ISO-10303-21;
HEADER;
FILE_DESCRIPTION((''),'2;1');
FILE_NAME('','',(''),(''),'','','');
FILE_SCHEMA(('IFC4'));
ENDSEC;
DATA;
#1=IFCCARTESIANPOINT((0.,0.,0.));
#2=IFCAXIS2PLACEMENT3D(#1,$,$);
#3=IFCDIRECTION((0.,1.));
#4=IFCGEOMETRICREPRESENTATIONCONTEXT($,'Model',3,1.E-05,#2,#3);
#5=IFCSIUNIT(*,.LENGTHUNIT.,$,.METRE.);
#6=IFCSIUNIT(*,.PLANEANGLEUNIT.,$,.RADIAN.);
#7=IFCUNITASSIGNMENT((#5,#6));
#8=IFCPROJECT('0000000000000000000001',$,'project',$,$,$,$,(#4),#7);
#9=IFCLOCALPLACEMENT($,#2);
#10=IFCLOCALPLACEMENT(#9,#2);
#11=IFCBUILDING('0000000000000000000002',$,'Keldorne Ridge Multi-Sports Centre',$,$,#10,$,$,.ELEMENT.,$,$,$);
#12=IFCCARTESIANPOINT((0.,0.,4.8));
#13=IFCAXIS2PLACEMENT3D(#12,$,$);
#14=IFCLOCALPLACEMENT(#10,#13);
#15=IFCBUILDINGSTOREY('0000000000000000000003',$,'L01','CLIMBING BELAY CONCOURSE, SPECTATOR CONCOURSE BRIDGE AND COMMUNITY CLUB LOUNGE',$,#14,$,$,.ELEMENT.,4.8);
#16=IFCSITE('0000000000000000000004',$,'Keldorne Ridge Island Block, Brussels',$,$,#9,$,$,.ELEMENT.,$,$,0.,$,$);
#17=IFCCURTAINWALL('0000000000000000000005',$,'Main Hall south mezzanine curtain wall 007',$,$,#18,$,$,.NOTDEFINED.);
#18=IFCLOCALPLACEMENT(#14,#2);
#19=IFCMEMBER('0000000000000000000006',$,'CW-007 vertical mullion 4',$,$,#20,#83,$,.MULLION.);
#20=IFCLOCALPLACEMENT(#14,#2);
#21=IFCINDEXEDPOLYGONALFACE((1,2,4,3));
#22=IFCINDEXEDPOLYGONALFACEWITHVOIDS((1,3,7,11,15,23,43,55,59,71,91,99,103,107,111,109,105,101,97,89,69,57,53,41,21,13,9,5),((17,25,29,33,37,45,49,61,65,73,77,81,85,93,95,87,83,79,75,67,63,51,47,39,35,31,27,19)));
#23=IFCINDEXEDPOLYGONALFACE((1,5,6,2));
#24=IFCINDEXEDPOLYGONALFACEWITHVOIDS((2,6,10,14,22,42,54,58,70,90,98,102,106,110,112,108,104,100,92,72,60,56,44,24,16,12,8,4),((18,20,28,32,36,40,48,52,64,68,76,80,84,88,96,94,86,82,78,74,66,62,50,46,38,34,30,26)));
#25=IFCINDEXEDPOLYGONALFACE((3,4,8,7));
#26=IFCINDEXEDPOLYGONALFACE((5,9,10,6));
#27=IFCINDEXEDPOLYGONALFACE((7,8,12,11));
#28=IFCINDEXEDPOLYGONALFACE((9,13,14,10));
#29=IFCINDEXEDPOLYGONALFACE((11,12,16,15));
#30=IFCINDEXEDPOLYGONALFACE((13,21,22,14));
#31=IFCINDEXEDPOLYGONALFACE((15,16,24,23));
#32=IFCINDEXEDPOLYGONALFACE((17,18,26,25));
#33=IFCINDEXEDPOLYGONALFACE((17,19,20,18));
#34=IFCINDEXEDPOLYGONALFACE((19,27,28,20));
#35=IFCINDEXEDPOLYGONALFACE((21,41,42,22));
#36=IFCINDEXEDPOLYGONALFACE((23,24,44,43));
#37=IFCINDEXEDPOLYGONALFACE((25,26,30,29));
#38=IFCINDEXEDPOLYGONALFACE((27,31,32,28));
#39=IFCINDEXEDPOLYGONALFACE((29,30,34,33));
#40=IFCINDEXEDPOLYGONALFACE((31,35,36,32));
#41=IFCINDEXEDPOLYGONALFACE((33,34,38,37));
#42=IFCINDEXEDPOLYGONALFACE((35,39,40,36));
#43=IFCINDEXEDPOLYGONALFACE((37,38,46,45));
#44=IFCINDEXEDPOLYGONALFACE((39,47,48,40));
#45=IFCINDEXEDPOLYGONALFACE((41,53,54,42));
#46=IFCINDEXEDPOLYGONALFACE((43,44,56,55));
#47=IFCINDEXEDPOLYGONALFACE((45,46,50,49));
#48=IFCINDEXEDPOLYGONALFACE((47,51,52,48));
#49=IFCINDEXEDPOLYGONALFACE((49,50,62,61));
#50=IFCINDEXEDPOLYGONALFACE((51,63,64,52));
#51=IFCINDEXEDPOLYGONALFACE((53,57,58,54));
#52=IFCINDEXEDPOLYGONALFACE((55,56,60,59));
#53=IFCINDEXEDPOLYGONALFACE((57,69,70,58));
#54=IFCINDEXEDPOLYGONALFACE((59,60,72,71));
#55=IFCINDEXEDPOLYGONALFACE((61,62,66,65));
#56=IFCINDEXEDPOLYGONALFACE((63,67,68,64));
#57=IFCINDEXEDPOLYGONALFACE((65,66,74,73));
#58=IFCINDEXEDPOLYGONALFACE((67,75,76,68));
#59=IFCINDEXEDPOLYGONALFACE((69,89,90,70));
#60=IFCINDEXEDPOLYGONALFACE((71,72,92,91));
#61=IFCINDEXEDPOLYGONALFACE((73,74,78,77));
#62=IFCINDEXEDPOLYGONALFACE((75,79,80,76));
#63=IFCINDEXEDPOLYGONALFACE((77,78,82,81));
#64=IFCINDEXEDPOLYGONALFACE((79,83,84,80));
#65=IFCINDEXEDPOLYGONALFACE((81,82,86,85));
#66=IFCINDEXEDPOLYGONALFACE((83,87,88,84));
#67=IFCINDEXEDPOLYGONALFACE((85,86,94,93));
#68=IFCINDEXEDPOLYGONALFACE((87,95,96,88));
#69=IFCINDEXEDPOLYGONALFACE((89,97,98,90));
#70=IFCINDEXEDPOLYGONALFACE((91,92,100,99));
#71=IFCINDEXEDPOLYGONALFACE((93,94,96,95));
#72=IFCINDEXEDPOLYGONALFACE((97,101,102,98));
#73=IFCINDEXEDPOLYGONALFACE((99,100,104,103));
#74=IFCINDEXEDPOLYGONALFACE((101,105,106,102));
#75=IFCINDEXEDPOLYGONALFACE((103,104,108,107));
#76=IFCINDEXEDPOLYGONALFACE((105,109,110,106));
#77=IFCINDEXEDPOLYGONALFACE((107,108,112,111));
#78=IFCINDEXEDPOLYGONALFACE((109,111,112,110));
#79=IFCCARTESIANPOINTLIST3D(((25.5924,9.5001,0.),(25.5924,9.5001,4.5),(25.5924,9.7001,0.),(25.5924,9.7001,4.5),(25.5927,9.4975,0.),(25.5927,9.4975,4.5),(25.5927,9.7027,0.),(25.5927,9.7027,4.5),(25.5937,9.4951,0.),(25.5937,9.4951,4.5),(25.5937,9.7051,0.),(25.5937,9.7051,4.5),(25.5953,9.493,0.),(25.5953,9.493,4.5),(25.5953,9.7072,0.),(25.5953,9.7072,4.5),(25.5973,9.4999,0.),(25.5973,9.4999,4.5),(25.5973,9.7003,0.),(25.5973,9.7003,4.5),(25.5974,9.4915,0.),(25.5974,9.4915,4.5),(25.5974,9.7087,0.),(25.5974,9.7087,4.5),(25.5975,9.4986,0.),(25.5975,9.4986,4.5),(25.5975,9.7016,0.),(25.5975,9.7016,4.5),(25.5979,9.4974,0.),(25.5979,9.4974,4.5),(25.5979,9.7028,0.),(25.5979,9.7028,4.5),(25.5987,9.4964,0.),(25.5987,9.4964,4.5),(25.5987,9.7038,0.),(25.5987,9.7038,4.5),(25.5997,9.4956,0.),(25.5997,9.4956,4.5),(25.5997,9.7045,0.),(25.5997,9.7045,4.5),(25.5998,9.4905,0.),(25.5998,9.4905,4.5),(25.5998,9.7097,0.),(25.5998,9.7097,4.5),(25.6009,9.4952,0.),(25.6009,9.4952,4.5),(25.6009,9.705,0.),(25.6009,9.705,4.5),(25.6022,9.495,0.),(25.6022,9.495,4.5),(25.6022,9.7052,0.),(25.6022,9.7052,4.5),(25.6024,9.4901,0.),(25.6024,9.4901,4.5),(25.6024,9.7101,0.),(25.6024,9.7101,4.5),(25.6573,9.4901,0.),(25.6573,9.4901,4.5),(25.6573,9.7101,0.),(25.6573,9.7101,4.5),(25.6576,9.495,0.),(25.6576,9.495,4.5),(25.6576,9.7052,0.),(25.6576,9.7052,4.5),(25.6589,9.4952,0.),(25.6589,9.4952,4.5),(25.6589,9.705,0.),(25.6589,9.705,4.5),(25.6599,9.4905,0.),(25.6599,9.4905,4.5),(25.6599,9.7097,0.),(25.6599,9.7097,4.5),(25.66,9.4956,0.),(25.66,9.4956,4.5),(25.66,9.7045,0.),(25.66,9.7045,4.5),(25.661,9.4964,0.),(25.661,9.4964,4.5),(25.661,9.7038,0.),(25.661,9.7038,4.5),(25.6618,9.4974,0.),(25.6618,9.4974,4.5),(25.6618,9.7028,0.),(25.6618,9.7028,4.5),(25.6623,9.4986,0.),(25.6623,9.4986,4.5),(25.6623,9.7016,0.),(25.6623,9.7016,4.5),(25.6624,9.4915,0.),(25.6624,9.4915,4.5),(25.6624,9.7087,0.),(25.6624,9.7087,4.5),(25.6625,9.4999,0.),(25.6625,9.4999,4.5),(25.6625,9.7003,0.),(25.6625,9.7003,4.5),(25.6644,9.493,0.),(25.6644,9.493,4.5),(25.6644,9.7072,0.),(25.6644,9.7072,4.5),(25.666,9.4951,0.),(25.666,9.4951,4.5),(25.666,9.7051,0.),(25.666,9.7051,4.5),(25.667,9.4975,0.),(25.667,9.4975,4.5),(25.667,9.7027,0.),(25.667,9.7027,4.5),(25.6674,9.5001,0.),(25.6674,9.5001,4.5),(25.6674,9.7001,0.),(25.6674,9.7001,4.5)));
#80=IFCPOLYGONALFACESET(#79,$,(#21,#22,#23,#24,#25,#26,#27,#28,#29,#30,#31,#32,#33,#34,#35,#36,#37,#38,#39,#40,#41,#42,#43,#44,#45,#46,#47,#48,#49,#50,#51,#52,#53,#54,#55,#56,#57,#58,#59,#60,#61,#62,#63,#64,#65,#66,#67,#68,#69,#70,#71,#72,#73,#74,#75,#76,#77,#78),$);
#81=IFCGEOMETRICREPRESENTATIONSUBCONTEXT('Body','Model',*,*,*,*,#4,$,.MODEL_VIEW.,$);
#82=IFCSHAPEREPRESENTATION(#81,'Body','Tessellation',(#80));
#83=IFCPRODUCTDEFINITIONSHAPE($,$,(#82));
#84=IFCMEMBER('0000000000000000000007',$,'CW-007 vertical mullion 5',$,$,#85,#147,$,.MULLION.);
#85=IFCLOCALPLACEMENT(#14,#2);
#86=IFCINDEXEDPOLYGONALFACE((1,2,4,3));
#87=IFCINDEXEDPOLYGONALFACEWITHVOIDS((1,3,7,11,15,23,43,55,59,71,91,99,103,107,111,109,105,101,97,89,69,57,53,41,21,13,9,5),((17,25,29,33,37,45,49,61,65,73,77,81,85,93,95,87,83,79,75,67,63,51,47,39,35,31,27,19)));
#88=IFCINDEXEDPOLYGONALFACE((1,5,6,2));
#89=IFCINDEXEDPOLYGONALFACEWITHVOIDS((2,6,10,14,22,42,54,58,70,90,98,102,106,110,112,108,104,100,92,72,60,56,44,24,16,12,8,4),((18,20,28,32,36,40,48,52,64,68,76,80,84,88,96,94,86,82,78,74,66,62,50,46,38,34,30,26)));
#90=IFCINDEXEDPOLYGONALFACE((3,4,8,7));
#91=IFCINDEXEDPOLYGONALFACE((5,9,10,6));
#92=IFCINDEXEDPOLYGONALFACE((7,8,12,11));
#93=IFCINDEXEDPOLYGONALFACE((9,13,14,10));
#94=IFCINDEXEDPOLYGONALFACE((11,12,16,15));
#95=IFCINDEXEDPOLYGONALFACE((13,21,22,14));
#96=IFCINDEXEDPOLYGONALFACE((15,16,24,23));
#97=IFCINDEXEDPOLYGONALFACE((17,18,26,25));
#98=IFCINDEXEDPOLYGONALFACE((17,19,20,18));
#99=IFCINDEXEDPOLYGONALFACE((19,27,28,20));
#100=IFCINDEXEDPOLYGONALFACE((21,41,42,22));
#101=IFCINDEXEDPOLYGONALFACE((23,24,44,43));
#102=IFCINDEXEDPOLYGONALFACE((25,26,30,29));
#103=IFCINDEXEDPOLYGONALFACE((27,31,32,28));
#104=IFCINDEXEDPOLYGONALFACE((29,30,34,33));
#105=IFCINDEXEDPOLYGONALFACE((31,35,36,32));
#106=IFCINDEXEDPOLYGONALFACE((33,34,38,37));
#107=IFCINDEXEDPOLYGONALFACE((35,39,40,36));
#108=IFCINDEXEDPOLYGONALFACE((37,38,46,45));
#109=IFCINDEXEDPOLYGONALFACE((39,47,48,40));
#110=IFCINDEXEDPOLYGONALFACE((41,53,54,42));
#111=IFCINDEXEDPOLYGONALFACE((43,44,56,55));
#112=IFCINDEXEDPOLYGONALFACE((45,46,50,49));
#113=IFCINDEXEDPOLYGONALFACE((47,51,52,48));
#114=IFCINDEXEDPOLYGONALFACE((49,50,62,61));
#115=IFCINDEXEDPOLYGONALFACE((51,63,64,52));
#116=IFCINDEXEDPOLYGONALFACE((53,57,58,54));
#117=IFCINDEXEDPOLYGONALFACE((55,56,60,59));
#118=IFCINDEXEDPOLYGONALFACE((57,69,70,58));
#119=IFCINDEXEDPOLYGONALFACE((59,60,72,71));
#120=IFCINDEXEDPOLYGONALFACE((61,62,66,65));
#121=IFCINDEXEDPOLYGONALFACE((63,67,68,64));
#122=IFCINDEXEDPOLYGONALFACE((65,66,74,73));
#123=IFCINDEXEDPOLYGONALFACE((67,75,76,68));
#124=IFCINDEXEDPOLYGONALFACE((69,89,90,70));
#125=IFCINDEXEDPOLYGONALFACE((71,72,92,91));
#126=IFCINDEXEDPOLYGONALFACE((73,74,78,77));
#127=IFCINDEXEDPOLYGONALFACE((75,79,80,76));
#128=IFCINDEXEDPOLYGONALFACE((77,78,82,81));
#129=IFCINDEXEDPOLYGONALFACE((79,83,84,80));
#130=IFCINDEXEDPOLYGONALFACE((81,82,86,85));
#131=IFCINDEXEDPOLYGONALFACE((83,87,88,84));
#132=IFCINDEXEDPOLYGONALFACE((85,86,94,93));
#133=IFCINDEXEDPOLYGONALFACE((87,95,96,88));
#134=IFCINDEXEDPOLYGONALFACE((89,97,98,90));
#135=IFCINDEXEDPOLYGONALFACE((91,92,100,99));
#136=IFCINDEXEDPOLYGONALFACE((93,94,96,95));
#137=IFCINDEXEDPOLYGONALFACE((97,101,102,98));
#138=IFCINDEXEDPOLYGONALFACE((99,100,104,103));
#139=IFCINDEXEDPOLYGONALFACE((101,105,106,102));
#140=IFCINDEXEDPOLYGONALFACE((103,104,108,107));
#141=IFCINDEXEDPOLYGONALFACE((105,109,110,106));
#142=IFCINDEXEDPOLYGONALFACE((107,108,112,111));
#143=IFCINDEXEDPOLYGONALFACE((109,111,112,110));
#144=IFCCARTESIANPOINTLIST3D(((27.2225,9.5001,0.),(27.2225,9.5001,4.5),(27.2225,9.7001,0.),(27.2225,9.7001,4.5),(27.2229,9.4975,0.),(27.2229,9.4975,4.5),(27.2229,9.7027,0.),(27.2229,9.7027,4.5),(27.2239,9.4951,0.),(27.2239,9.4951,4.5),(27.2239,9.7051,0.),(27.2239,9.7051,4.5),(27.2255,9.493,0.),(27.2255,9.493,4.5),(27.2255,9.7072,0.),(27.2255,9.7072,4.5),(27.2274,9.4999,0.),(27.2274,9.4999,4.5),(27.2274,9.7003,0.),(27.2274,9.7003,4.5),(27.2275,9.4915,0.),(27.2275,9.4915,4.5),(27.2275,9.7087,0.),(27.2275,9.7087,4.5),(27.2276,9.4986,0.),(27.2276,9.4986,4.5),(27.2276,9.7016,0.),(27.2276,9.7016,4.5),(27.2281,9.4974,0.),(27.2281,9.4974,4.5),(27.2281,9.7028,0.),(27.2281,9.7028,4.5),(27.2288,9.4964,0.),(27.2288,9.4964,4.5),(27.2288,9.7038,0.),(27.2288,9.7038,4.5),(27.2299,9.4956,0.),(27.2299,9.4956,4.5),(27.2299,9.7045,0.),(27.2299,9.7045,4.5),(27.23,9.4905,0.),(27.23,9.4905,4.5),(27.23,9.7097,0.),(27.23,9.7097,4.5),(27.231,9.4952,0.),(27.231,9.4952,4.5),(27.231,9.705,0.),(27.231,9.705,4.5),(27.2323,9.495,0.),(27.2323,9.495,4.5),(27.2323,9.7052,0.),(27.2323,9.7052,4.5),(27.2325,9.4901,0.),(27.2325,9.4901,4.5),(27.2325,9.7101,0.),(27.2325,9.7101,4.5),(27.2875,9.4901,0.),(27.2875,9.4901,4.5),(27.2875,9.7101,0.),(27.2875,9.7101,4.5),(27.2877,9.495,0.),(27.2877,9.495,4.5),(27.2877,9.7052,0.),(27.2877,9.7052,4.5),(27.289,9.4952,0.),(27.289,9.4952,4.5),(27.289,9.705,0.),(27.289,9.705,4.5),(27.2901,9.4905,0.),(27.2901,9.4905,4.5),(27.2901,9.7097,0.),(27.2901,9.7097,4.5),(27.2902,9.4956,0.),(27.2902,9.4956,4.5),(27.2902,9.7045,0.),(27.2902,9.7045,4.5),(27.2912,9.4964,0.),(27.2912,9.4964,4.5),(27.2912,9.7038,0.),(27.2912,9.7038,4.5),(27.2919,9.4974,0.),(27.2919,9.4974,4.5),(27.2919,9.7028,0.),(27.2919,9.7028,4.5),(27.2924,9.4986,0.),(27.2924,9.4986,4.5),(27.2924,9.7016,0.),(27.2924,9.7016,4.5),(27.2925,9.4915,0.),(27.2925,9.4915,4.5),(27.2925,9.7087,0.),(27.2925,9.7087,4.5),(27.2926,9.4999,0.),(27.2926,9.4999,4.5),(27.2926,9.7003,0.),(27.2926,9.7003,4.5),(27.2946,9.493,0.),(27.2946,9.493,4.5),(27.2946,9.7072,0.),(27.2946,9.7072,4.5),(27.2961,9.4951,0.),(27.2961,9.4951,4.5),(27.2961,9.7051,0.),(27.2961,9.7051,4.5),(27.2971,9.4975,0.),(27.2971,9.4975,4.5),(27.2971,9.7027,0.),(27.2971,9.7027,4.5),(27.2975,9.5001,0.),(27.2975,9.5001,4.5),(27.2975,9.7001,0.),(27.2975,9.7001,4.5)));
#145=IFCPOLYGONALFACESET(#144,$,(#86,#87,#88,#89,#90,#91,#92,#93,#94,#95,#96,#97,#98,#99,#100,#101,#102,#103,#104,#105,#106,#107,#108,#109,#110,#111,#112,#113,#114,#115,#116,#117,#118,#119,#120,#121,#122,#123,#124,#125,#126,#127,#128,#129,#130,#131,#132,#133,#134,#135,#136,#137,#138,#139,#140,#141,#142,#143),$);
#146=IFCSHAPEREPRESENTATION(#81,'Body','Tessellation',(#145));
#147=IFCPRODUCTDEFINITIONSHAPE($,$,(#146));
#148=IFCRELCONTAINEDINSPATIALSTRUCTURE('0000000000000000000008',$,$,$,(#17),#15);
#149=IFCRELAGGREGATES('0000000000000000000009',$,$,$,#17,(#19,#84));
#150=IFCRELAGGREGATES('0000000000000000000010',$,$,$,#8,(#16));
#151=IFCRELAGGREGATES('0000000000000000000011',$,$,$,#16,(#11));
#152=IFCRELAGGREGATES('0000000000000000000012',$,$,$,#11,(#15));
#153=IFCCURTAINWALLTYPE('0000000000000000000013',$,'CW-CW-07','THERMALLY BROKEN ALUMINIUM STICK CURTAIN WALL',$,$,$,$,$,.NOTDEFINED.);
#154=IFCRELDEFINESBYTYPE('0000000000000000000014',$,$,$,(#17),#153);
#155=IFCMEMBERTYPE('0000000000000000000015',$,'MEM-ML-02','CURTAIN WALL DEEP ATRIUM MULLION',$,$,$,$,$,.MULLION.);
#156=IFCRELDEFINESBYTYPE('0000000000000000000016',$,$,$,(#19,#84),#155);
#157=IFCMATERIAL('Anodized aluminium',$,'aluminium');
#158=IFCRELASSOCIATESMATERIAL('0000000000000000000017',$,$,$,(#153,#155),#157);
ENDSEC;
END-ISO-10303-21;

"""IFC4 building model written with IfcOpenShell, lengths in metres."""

from ifc_helpers import new_model, si_unit, direction, frame, origin, origin_2d, place, context, subcontext, project, spatial, hollow_rectangle, extrude, material, material_profile, profile_set, type_object, element, aggregate, save


model = new_model("IFC4")

# Units and contexts
model_context = context("Model", 3, precision=1e-05, world=origin(), true_north=direction((0.0, 1.0)))
body_context = subcontext(model_context, "Body", "Model", "MODEL_VIEW")
ifc_project = project(units=[si_unit("LENGTHUNIT", "METRE"), si_unit("PLANEANGLEUNIT", "RADIAN")], contexts=[model_context])

# Site, building, storey
site_placement = place(None, origin())
site = spatial("IfcSite", under=ifc_project, at=site_placement, Name="Keldorne Ridge Island Block, Brussels", CompositionType="ELEMENT", RefElevation=0.0)
building_placement = place(site_placement, origin())
building = spatial("IfcBuilding", under=site, at=building_placement, Name="Keldorne Ridge Multi-Sports Centre", CompositionType="ELEMENT")
storey_placement = place(building_placement, frame((0.0, 0.0, 4.8)))
storey = spatial("IfcBuildingStorey", under=building, at=storey_placement, Name="L01", Description="CLIMBING BELAY CONCOURSE, SPECTATOR CONCOURSE BRIDGE AND COMMUNITY CLUB LOUNGE", CompositionType="ELEMENT", Elevation=4.8)

# Curtain wall, members
ifc_material_1 = material(Name="Anodized aluminium", Category="aluminium")
curtain_wall_type_1 = type_object("IfcCurtainWallType", Name="CW-CW-07", Description="THERMALLY BROKEN ALUMINIUM STICK CURTAIN WALL", PredefinedType="NOTDEFINED", material=ifc_material_1)
curtain_wall_1_placement = place(storey_placement, origin())
curtain_wall_1 = element("IfcCurtainWall", 1, at=curtain_wall_1_placement, inside=storey, type_object=curtain_wall_type_1, Name="Main Hall south mezzanine curtain wall 007", PredefinedType="NOTDEFINED")
ifc_material_profile_1 = material_profile(ifc_material_1, hollow_rectangle(XDim=0.075, YDim=0.22, WallThickness=0.0049, InnerFilletRadius=0.0049, OuterFilletRadius=0.01, at=origin_2d()), Name="ALU MULLION 220x75x5")
ifc_profile_set_1 = profile_set([ifc_material_profile_1], Name="Anodized aluminium")
member_type_1 = type_object("IfcMemberType", Name="MEM-ML-02", Description="CURTAIN WALL DEEP ATRIUM MULLION", PredefinedType="MULLION", material=ifc_profile_set_1)
member_1_placement = place(storey_placement, frame((25.6299, 9.6001, 0.0), z_axis=(0.0, 0.0, 1.0), x_axis=(1.0, 0.0, 0.0)))
member_1 = element("IfcMember", 2, at=member_1_placement, type_object=member_type_1, Name="CW-007 vertical mullion 4", PredefinedType="MULLION", context=body_context, shape_type="SweptSolid", body=[
    extrude(hollow_rectangle(XDim=0.075, YDim=0.22, WallThickness=0.0049, InnerFilletRadius=0.0049, OuterFilletRadius=0.01, at=origin_2d()), origin(), (0.0, 0.0, 1.0), 4.5),
])
member_2_placement = place(storey_placement, frame((27.26, 9.6001, 0.0), z_axis=(0.0, 0.0, 1.0), x_axis=(1.0, 0.0, 0.0)))
member_2 = element("IfcMember", 3, at=member_2_placement, type_object=member_type_1, Name="CW-007 vertical mullion 5", PredefinedType="MULLION", context=body_context, shape_type="SweptSolid", body=[
    extrude(hollow_rectangle(XDim=0.075, YDim=0.22, WallThickness=0.0049, InnerFilletRadius=0.0049, OuterFilletRadius=0.01, at=origin_2d()), origin(), (0.0, 0.0, 1.0), 4.5),
])

aggregate(curtain_wall_1, [member_1, member_2])

save(model, "model.ifc")
